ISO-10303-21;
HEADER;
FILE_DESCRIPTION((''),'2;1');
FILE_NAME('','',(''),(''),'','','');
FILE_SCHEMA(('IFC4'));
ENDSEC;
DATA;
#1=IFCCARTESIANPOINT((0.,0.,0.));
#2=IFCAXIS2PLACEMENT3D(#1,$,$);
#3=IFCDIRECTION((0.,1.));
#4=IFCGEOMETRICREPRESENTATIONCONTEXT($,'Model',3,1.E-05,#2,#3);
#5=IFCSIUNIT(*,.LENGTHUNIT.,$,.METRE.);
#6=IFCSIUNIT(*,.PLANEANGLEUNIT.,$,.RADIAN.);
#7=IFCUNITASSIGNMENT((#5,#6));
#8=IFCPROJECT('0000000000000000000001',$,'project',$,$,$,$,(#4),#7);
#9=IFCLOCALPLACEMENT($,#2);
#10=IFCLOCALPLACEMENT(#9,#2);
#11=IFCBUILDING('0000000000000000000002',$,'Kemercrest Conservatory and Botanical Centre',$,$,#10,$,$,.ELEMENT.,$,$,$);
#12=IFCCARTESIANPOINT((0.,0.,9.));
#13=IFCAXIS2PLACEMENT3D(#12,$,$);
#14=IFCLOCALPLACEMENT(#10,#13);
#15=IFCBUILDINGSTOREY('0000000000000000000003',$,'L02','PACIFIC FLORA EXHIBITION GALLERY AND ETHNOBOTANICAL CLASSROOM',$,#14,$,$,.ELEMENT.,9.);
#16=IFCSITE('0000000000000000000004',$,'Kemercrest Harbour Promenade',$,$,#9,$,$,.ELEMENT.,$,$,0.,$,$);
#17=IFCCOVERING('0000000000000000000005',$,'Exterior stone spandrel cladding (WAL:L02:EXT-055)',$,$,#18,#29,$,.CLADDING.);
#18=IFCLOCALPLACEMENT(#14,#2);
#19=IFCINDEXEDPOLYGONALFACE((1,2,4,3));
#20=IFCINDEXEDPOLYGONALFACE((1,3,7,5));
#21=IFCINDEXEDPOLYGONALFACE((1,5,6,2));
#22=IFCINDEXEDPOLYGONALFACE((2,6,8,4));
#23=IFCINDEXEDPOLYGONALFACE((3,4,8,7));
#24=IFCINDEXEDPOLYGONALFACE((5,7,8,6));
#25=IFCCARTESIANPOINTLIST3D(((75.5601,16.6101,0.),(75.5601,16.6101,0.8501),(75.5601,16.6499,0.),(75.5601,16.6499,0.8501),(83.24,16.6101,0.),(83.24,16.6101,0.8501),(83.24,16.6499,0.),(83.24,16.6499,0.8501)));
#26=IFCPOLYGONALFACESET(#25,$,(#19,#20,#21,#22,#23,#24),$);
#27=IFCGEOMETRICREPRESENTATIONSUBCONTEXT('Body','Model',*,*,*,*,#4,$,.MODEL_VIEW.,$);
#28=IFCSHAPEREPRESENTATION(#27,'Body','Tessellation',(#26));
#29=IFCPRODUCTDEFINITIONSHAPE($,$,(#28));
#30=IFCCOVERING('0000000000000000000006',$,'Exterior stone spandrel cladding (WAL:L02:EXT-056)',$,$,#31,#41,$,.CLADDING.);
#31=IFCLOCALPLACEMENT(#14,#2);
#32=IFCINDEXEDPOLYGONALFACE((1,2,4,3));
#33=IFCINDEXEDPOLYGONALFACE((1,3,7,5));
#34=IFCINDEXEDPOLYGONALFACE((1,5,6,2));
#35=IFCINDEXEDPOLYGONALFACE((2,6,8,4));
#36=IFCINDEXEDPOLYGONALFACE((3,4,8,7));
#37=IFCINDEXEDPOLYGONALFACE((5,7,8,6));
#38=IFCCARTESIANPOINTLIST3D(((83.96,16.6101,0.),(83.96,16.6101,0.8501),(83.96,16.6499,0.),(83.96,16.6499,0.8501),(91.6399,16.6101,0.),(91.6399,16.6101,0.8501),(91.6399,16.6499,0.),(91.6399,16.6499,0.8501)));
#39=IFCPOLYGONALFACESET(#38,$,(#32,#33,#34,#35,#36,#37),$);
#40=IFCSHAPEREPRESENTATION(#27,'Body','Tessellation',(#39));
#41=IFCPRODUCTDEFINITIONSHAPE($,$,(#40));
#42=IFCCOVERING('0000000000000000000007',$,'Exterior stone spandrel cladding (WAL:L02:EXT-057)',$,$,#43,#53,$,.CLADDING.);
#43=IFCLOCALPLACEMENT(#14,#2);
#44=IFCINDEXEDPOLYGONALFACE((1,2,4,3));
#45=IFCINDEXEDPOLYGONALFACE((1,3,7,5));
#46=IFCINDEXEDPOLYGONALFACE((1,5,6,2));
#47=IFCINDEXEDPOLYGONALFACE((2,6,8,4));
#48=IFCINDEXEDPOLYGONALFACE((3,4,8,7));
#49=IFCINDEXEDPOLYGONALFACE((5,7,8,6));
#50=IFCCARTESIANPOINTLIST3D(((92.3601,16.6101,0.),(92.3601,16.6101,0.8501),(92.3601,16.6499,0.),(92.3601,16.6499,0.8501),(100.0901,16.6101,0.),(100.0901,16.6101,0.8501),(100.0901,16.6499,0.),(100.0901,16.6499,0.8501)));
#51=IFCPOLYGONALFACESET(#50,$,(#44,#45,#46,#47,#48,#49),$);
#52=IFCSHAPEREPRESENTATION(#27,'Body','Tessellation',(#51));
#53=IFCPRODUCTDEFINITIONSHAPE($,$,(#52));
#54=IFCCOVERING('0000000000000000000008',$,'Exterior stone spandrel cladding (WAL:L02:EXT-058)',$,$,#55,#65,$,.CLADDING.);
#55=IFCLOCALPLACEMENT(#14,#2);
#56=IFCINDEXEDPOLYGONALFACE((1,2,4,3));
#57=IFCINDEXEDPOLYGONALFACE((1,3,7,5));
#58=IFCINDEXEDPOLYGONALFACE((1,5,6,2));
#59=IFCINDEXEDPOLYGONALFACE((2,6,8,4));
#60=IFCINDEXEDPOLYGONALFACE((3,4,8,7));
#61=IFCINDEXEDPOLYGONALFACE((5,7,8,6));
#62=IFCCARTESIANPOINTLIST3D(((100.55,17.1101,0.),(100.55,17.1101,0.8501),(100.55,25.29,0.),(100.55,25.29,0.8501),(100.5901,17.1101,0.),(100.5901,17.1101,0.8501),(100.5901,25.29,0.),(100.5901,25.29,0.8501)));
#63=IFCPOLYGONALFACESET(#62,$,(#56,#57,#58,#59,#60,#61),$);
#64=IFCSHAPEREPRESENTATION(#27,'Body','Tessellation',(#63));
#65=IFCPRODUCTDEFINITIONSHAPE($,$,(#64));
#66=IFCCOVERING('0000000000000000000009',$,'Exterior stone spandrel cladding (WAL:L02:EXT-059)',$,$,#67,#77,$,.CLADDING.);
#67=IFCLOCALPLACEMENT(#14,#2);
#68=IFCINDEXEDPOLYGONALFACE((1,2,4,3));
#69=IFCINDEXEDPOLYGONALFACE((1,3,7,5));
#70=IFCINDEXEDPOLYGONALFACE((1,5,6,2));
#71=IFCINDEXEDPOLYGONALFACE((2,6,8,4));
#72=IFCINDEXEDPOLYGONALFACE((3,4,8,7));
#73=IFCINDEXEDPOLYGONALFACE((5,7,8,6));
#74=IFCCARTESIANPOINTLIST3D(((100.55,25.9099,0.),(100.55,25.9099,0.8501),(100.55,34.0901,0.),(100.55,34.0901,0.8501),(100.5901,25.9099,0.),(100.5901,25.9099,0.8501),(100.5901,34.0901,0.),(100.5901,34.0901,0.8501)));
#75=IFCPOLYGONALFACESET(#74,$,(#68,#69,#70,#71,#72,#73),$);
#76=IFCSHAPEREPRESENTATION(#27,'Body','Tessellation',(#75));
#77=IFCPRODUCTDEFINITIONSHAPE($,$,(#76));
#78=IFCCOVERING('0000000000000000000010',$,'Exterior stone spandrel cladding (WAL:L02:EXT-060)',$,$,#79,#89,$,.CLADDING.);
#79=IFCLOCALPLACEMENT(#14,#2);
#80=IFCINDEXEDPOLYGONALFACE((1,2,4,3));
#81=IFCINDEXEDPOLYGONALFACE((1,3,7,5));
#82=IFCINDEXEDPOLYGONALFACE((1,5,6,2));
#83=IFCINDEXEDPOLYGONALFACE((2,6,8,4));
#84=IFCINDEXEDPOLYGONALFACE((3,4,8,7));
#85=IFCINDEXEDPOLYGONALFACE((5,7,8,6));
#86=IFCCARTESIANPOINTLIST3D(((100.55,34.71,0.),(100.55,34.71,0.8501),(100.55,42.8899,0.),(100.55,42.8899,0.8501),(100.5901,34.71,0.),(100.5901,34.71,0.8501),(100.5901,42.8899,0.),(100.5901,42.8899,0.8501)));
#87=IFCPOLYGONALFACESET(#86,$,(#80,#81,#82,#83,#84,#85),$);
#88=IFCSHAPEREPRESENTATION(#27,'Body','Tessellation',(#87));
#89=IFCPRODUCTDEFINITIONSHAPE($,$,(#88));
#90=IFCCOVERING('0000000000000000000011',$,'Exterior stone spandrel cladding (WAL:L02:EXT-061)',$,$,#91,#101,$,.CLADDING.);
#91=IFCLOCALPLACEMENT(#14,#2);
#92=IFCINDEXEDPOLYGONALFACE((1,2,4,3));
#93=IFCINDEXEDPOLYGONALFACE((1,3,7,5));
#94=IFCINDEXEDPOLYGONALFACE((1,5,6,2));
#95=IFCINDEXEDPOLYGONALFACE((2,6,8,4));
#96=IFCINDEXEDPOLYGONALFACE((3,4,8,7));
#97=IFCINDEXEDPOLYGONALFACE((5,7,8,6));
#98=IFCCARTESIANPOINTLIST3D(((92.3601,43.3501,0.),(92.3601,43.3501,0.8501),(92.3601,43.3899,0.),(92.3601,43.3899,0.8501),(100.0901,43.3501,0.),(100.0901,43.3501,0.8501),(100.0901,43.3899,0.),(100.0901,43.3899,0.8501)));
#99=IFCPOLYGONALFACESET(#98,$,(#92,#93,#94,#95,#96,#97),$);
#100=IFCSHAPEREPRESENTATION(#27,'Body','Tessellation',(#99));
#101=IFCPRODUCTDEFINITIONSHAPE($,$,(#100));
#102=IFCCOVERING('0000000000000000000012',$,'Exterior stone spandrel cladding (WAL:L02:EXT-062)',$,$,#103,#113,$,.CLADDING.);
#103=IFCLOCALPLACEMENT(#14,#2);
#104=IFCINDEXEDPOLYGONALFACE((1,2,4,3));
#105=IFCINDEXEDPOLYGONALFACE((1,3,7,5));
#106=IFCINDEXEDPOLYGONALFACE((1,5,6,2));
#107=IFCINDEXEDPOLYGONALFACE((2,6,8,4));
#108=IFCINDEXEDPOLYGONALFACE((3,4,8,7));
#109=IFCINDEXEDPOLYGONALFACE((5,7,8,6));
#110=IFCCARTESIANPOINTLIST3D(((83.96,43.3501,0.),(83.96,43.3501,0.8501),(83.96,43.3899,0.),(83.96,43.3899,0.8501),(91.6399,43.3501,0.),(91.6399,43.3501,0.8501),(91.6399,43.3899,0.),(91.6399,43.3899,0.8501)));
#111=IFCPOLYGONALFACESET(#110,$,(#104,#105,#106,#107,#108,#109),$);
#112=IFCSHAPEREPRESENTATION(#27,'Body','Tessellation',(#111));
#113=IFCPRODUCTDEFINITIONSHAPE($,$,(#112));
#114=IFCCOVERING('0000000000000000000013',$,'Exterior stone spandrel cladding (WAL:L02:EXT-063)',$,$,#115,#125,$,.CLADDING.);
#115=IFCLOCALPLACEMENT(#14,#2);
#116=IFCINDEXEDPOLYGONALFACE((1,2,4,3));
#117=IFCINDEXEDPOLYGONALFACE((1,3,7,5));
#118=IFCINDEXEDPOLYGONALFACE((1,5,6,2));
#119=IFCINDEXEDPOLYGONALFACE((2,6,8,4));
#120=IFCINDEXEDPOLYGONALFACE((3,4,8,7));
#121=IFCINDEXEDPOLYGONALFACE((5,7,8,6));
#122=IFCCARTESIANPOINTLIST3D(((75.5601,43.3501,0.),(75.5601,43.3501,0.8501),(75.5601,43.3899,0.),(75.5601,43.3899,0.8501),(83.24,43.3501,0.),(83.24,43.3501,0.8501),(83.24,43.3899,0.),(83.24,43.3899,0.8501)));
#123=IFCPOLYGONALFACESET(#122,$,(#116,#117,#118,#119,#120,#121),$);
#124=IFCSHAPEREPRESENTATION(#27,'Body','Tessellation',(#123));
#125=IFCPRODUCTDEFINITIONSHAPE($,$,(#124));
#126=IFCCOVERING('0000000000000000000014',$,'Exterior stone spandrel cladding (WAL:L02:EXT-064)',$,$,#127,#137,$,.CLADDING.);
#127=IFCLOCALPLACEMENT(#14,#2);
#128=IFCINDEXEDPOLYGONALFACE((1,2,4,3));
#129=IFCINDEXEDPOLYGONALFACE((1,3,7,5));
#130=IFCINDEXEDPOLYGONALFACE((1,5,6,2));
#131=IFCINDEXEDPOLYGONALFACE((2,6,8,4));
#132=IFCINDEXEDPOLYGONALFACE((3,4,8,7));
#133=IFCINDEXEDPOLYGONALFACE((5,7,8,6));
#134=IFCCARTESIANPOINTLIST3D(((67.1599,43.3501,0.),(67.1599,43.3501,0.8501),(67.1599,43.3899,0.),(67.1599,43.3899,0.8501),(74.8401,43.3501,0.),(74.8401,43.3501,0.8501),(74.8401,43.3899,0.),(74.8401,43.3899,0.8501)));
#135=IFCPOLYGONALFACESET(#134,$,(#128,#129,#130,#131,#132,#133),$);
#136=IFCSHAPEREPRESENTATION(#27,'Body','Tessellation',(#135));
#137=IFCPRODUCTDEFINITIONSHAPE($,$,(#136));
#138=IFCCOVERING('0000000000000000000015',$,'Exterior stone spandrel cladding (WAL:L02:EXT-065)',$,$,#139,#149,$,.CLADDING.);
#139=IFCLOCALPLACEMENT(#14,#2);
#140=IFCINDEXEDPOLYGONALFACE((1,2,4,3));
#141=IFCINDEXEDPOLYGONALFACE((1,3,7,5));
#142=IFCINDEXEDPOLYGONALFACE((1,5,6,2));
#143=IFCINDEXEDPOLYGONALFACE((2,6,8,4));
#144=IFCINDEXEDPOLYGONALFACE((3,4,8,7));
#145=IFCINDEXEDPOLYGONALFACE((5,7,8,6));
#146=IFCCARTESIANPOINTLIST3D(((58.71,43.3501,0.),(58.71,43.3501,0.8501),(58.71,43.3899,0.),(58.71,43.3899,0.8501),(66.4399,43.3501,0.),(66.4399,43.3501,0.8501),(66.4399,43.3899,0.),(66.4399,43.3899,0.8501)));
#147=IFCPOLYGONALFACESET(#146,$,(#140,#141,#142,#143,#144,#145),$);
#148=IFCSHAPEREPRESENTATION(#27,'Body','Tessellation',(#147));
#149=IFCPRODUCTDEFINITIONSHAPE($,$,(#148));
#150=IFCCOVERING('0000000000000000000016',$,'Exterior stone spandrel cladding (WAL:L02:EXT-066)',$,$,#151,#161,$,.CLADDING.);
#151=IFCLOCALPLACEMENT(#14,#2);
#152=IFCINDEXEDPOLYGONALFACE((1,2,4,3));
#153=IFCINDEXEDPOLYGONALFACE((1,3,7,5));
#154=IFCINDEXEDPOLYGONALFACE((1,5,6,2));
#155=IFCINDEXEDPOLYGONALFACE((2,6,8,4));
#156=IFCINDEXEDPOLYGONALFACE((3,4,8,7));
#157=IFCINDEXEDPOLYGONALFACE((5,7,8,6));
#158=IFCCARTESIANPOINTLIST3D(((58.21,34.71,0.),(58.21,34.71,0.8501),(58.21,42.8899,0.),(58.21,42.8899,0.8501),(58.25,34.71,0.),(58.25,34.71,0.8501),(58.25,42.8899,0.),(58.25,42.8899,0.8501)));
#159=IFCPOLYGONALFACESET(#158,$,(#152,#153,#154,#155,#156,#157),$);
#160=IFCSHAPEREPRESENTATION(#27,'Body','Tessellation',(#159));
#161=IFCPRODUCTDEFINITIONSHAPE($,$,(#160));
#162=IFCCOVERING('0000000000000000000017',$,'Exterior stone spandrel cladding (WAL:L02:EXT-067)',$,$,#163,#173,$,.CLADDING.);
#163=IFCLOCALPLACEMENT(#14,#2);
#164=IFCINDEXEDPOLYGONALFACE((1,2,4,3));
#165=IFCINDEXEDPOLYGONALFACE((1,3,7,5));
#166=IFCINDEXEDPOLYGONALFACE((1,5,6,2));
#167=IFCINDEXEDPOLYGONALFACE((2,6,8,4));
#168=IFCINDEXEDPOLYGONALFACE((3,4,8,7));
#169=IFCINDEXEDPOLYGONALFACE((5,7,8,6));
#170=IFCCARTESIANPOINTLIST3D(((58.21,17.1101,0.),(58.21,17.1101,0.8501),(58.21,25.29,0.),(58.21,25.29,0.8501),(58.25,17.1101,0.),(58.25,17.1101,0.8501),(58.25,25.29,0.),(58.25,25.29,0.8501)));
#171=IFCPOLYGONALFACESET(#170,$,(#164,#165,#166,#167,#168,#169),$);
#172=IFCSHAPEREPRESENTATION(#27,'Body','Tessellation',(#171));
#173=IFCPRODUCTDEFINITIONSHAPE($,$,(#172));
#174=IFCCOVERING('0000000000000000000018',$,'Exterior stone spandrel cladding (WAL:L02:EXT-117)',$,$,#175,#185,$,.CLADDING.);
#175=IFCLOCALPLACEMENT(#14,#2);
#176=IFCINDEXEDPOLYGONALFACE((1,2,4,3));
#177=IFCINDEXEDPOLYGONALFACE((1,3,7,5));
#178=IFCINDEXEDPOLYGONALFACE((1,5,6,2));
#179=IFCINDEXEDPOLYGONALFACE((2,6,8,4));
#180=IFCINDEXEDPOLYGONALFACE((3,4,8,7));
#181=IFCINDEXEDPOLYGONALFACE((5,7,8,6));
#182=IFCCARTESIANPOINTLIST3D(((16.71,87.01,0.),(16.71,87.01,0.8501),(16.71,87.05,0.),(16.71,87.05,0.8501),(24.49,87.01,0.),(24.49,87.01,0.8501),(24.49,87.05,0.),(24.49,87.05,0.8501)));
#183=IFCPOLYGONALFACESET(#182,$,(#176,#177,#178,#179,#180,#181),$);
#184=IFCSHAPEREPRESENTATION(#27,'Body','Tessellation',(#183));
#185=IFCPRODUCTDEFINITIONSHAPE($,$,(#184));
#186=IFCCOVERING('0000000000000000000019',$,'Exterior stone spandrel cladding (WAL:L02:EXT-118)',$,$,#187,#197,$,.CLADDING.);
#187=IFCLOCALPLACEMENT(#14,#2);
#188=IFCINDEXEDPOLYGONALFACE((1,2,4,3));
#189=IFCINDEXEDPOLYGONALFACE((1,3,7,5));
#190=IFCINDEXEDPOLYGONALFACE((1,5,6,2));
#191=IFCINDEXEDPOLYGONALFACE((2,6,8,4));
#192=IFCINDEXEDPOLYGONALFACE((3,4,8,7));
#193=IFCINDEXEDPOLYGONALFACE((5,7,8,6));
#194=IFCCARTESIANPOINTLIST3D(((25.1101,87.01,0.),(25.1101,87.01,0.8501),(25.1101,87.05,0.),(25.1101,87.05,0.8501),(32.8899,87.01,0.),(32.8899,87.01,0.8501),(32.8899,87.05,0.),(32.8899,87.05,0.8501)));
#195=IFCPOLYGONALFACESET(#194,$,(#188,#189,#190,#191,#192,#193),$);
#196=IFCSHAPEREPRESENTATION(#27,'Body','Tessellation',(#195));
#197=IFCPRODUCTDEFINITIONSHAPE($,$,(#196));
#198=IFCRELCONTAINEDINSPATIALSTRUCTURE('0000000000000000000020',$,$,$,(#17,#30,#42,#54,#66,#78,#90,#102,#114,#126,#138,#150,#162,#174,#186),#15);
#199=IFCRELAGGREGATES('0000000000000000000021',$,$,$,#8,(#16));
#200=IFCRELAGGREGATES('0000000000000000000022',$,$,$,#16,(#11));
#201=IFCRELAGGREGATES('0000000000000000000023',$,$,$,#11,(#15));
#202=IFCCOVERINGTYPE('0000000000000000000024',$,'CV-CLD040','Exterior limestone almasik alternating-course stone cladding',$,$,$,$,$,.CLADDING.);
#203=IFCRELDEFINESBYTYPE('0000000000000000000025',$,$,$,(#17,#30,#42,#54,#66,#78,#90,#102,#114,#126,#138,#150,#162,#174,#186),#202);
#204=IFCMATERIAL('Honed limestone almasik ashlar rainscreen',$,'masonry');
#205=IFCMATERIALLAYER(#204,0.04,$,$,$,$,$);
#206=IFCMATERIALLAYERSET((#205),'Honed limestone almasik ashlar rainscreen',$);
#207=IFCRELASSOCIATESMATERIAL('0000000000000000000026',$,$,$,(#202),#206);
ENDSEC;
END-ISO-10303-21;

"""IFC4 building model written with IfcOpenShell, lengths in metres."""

from ifc_helpers import new_model, si_unit, direction, frame, origin, place, context, subcontext, project, spatial, polyline, outline, extrude, material, layer, layer_set, type_object, element, save


model = new_model("IFC4")

# Units and contexts
model_context = context("Model", 3, precision=1e-05, world=origin(), true_north=direction((0.0, 1.0)))
body_context = subcontext(model_context, "Body", "Model", "MODEL_VIEW")
ifc_project = project(units=[si_unit("LENGTHUNIT", "METRE"), si_unit("PLANEANGLEUNIT", "RADIAN")], contexts=[model_context])

# Site, building, storey
site_placement = place(None, origin())
site = spatial("IfcSite", under=ifc_project, at=site_placement, Name="Kemercrest Harbour Promenade", CompositionType="ELEMENT", RefElevation=0.0)
building_placement = place(site_placement, origin())
building = spatial("IfcBuilding", under=site, at=building_placement, Name="Kemercrest Conservatory and Botanical Centre", CompositionType="ELEMENT")
storey_placement = place(building_placement, frame((0.0, 0.0, 9.0)))
storey = spatial("IfcBuildingStorey", under=building, at=storey_placement, Name="L02", Description="PACIFIC FLORA EXHIBITION GALLERY AND ETHNOBOTANICAL CLASSROOM", CompositionType="ELEMENT", Elevation=9.0)

# Coverings
ifc_material = material(Name="Honed limestone almasik ashlar rainscreen", Category="masonry")
ifc_layer = layer(ifc_material, 0.04)
ifc_layer_set = layer_set([ifc_layer], Name="Honed limestone almasik ashlar rainscreen")
covering_type = type_object("IfcCoveringType", Name="CV-CLD040", Description="Exterior limestone almasik alternating-course stone cladding", PredefinedType="CLADDING", material=ifc_layer_set)
covering_1_placement = place(storey_placement, origin())
element("IfcCovering", 1, at=covering_1_placement, inside=storey, type_object=covering_type, Name="Exterior stone spandrel cladding (WAL:L02:EXT-055)", PredefinedType="CLADDING", context=body_context, shape_type="SweptSolid", body=[
    extrude(outline(polyline([(75.5601, 16.6499), (75.5601, 16.6101), (83.24, 16.6101), (83.24, 16.6499), (75.5601, 16.6499)])), origin(), (0.0, 0.0, 1.0), 0.8501),
])
covering_2_placement = place(storey_placement, origin())
element("IfcCovering", 2, at=covering_2_placement, inside=storey, type_object=covering_type, Name="Exterior stone spandrel cladding (WAL:L02:EXT-056)", PredefinedType="CLADDING", context=body_context, shape_type="SweptSolid", body=[
    extrude(outline(polyline([(83.96, 16.6499), (83.96, 16.6101), (91.6399, 16.6101), (91.6399, 16.6499), (83.96, 16.6499)])), origin(), (0.0, 0.0, 1.0), 0.8501),
])
covering_3_placement = place(storey_placement, origin())
element("IfcCovering", 3, at=covering_3_placement, inside=storey, type_object=covering_type, Name="Exterior stone spandrel cladding (WAL:L02:EXT-057)", PredefinedType="CLADDING", context=body_context, shape_type="SweptSolid", body=[
    extrude(outline(polyline([(92.3601, 16.6499), (92.3601, 16.6101), (100.0901, 16.6101), (100.0901, 16.6499), (92.3601, 16.6499)])), origin(), (0.0, 0.0, 1.0), 0.8501),
])
covering_4_placement = place(storey_placement, origin())
element("IfcCovering", 4, at=covering_4_placement, inside=storey, type_object=covering_type, Name="Exterior stone spandrel cladding (WAL:L02:EXT-058)", PredefinedType="CLADDING", context=body_context, shape_type="SweptSolid", body=[
    extrude(outline(polyline([(100.55, 17.1101), (100.5901, 17.1101), (100.5901, 25.29), (100.55, 25.29), (100.55, 17.1101)])), origin(), (0.0, 0.0, 1.0), 0.8501),
])
covering_5_placement = place(storey_placement, origin())
element("IfcCovering", 5, at=covering_5_placement, inside=storey, type_object=covering_type, Name="Exterior stone spandrel cladding (WAL:L02:EXT-059)", PredefinedType="CLADDING", context=body_context, shape_type="SweptSolid", body=[
    extrude(outline(polyline([(100.55, 25.9099), (100.5901, 25.9099), (100.5901, 34.0901), (100.55, 34.0901), (100.55, 25.9099)])), origin(), (0.0, 0.0, 1.0), 0.8501),
])
covering_6_placement = place(storey_placement, origin())
element("IfcCovering", 6, at=covering_6_placement, inside=storey, type_object=covering_type, Name="Exterior stone spandrel cladding (WAL:L02:EXT-060)", PredefinedType="CLADDING", context=body_context, shape_type="SweptSolid", body=[
    extrude(outline(polyline([(100.55, 34.71), (100.5901, 34.71), (100.5901, 42.8899), (100.55, 42.8899), (100.55, 34.71)])), origin(), (0.0, 0.0, 1.0), 0.8501),
])
covering_7_placement = place(storey_placement, origin())
element("IfcCovering", 7, at=covering_7_placement, inside=storey, type_object=covering_type, Name="Exterior stone spandrel cladding (WAL:L02:EXT-061)", PredefinedType="CLADDING", context=body_context, shape_type="SweptSolid", body=[
    extrude(outline(polyline([(100.0901, 43.3501), (100.0901, 43.3899), (92.3601, 43.3899), (92.3601, 43.3501), (100.0901, 43.3501)])), origin(), (0.0, 0.0, 1.0), 0.8501),
])
covering_8_placement = place(storey_placement, origin())
element("IfcCovering", 8, at=covering_8_placement, inside=storey, type_object=covering_type, Name="Exterior stone spandrel cladding (WAL:L02:EXT-062)", PredefinedType="CLADDING", context=body_context, shape_type="SweptSolid", body=[
    extrude(outline(polyline([(91.6399, 43.3501), (91.6399, 43.3899), (83.96, 43.3899), (83.96, 43.3501), (91.6399, 43.3501)])), origin(), (0.0, 0.0, 1.0), 0.8501),
])
covering_9_placement = place(storey_placement, origin())
element("IfcCovering", 9, at=covering_9_placement, inside=storey, type_object=covering_type, Name="Exterior stone spandrel cladding (WAL:L02:EXT-063)", PredefinedType="CLADDING", context=body_context, shape_type="SweptSolid", body=[
    extrude(outline(polyline([(83.24, 43.3501), (83.24, 43.3899), (75.5601, 43.3899), (75.5601, 43.3501), (83.24, 43.3501)])), origin(), (0.0, 0.0, 1.0), 0.8501),
])
covering_10_placement = place(storey_placement, origin())
element("IfcCovering", 10, at=covering_10_placement, inside=storey, type_object=covering_type, Name="Exterior stone spandrel cladding (WAL:L02:EXT-064)", PredefinedType="CLADDING", context=body_context, shape_type="SweptSolid", body=[
    extrude(outline(polyline([(74.8401, 43.3501), (74.8401, 43.3899), (67.1599, 43.3899), (67.1599, 43.3501), (74.8401, 43.3501)])), origin(), (0.0, 0.0, 1.0), 0.8501),
])
covering_11_placement = place(storey_placement, origin())
element("IfcCovering", 11, at=covering_11_placement, inside=storey, type_object=covering_type, Name="Exterior stone spandrel cladding (WAL:L02:EXT-065)", PredefinedType="CLADDING", context=body_context, shape_type="SweptSolid", body=[
    extrude(outline(polyline([(66.4399, 43.3501), (66.4399, 43.3899), (58.71, 43.3899), (58.71, 43.3501), (66.4399, 43.3501)])), origin(), (0.0, 0.0, 1.0), 0.8501),
])
covering_12_placement = place(storey_placement, origin())
element("IfcCovering", 12, at=covering_12_placement, inside=storey, type_object=covering_type, Name="Exterior stone spandrel cladding (WAL:L02:EXT-066)", PredefinedType="CLADDING", context=body_context, shape_type="SweptSolid", body=[
    extrude(outline(polyline([(58.25, 42.8899), (58.21, 42.8899), (58.21, 34.71), (58.25, 34.71), (58.25, 42.8899)])), origin(), (0.0, 0.0, 1.0), 0.8501),
])
covering_13_placement = place(storey_placement, origin())
element("IfcCovering", 13, at=covering_13_placement, inside=storey, type_object=covering_type, Name="Exterior stone spandrel cladding (WAL:L02:EXT-067)", PredefinedType="CLADDING", context=body_context, shape_type="SweptSolid", body=[
    extrude(outline(polyline([(58.25, 25.29), (58.21, 25.29), (58.21, 17.1101), (58.25, 17.1101), (58.25, 25.29)])), origin(), (0.0, 0.0, 1.0), 0.8501),
])
covering_14_placement = place(storey_placement, origin())
element("IfcCovering", 14, at=covering_14_placement, inside=storey, type_object=covering_type, Name="Exterior stone spandrel cladding (WAL:L02:EXT-117)", PredefinedType="CLADDING", context=body_context, shape_type="SweptSolid", body=[
    extrude(outline(polyline([(16.71, 87.05), (16.71, 87.01), (24.49, 87.01), (24.49, 87.05), (16.71, 87.05)])), origin(), (0.0, 0.0, 1.0), 0.8501),
])
covering_15_placement = place(storey_placement, origin())
element("IfcCovering", 15, at=covering_15_placement, inside=storey, type_object=covering_type, Name="Exterior stone spandrel cladding (WAL:L02:EXT-118)", PredefinedType="CLADDING", context=body_context, shape_type="SweptSolid", body=[
    extrude(outline(polyline([(25.1101, 87.05), (25.1101, 87.01), (32.8899, 87.01), (32.8899, 87.05), (25.1101, 87.05)])), origin(), (0.0, 0.0, 1.0), 0.8501),
])

save(model, "model.ifc")
